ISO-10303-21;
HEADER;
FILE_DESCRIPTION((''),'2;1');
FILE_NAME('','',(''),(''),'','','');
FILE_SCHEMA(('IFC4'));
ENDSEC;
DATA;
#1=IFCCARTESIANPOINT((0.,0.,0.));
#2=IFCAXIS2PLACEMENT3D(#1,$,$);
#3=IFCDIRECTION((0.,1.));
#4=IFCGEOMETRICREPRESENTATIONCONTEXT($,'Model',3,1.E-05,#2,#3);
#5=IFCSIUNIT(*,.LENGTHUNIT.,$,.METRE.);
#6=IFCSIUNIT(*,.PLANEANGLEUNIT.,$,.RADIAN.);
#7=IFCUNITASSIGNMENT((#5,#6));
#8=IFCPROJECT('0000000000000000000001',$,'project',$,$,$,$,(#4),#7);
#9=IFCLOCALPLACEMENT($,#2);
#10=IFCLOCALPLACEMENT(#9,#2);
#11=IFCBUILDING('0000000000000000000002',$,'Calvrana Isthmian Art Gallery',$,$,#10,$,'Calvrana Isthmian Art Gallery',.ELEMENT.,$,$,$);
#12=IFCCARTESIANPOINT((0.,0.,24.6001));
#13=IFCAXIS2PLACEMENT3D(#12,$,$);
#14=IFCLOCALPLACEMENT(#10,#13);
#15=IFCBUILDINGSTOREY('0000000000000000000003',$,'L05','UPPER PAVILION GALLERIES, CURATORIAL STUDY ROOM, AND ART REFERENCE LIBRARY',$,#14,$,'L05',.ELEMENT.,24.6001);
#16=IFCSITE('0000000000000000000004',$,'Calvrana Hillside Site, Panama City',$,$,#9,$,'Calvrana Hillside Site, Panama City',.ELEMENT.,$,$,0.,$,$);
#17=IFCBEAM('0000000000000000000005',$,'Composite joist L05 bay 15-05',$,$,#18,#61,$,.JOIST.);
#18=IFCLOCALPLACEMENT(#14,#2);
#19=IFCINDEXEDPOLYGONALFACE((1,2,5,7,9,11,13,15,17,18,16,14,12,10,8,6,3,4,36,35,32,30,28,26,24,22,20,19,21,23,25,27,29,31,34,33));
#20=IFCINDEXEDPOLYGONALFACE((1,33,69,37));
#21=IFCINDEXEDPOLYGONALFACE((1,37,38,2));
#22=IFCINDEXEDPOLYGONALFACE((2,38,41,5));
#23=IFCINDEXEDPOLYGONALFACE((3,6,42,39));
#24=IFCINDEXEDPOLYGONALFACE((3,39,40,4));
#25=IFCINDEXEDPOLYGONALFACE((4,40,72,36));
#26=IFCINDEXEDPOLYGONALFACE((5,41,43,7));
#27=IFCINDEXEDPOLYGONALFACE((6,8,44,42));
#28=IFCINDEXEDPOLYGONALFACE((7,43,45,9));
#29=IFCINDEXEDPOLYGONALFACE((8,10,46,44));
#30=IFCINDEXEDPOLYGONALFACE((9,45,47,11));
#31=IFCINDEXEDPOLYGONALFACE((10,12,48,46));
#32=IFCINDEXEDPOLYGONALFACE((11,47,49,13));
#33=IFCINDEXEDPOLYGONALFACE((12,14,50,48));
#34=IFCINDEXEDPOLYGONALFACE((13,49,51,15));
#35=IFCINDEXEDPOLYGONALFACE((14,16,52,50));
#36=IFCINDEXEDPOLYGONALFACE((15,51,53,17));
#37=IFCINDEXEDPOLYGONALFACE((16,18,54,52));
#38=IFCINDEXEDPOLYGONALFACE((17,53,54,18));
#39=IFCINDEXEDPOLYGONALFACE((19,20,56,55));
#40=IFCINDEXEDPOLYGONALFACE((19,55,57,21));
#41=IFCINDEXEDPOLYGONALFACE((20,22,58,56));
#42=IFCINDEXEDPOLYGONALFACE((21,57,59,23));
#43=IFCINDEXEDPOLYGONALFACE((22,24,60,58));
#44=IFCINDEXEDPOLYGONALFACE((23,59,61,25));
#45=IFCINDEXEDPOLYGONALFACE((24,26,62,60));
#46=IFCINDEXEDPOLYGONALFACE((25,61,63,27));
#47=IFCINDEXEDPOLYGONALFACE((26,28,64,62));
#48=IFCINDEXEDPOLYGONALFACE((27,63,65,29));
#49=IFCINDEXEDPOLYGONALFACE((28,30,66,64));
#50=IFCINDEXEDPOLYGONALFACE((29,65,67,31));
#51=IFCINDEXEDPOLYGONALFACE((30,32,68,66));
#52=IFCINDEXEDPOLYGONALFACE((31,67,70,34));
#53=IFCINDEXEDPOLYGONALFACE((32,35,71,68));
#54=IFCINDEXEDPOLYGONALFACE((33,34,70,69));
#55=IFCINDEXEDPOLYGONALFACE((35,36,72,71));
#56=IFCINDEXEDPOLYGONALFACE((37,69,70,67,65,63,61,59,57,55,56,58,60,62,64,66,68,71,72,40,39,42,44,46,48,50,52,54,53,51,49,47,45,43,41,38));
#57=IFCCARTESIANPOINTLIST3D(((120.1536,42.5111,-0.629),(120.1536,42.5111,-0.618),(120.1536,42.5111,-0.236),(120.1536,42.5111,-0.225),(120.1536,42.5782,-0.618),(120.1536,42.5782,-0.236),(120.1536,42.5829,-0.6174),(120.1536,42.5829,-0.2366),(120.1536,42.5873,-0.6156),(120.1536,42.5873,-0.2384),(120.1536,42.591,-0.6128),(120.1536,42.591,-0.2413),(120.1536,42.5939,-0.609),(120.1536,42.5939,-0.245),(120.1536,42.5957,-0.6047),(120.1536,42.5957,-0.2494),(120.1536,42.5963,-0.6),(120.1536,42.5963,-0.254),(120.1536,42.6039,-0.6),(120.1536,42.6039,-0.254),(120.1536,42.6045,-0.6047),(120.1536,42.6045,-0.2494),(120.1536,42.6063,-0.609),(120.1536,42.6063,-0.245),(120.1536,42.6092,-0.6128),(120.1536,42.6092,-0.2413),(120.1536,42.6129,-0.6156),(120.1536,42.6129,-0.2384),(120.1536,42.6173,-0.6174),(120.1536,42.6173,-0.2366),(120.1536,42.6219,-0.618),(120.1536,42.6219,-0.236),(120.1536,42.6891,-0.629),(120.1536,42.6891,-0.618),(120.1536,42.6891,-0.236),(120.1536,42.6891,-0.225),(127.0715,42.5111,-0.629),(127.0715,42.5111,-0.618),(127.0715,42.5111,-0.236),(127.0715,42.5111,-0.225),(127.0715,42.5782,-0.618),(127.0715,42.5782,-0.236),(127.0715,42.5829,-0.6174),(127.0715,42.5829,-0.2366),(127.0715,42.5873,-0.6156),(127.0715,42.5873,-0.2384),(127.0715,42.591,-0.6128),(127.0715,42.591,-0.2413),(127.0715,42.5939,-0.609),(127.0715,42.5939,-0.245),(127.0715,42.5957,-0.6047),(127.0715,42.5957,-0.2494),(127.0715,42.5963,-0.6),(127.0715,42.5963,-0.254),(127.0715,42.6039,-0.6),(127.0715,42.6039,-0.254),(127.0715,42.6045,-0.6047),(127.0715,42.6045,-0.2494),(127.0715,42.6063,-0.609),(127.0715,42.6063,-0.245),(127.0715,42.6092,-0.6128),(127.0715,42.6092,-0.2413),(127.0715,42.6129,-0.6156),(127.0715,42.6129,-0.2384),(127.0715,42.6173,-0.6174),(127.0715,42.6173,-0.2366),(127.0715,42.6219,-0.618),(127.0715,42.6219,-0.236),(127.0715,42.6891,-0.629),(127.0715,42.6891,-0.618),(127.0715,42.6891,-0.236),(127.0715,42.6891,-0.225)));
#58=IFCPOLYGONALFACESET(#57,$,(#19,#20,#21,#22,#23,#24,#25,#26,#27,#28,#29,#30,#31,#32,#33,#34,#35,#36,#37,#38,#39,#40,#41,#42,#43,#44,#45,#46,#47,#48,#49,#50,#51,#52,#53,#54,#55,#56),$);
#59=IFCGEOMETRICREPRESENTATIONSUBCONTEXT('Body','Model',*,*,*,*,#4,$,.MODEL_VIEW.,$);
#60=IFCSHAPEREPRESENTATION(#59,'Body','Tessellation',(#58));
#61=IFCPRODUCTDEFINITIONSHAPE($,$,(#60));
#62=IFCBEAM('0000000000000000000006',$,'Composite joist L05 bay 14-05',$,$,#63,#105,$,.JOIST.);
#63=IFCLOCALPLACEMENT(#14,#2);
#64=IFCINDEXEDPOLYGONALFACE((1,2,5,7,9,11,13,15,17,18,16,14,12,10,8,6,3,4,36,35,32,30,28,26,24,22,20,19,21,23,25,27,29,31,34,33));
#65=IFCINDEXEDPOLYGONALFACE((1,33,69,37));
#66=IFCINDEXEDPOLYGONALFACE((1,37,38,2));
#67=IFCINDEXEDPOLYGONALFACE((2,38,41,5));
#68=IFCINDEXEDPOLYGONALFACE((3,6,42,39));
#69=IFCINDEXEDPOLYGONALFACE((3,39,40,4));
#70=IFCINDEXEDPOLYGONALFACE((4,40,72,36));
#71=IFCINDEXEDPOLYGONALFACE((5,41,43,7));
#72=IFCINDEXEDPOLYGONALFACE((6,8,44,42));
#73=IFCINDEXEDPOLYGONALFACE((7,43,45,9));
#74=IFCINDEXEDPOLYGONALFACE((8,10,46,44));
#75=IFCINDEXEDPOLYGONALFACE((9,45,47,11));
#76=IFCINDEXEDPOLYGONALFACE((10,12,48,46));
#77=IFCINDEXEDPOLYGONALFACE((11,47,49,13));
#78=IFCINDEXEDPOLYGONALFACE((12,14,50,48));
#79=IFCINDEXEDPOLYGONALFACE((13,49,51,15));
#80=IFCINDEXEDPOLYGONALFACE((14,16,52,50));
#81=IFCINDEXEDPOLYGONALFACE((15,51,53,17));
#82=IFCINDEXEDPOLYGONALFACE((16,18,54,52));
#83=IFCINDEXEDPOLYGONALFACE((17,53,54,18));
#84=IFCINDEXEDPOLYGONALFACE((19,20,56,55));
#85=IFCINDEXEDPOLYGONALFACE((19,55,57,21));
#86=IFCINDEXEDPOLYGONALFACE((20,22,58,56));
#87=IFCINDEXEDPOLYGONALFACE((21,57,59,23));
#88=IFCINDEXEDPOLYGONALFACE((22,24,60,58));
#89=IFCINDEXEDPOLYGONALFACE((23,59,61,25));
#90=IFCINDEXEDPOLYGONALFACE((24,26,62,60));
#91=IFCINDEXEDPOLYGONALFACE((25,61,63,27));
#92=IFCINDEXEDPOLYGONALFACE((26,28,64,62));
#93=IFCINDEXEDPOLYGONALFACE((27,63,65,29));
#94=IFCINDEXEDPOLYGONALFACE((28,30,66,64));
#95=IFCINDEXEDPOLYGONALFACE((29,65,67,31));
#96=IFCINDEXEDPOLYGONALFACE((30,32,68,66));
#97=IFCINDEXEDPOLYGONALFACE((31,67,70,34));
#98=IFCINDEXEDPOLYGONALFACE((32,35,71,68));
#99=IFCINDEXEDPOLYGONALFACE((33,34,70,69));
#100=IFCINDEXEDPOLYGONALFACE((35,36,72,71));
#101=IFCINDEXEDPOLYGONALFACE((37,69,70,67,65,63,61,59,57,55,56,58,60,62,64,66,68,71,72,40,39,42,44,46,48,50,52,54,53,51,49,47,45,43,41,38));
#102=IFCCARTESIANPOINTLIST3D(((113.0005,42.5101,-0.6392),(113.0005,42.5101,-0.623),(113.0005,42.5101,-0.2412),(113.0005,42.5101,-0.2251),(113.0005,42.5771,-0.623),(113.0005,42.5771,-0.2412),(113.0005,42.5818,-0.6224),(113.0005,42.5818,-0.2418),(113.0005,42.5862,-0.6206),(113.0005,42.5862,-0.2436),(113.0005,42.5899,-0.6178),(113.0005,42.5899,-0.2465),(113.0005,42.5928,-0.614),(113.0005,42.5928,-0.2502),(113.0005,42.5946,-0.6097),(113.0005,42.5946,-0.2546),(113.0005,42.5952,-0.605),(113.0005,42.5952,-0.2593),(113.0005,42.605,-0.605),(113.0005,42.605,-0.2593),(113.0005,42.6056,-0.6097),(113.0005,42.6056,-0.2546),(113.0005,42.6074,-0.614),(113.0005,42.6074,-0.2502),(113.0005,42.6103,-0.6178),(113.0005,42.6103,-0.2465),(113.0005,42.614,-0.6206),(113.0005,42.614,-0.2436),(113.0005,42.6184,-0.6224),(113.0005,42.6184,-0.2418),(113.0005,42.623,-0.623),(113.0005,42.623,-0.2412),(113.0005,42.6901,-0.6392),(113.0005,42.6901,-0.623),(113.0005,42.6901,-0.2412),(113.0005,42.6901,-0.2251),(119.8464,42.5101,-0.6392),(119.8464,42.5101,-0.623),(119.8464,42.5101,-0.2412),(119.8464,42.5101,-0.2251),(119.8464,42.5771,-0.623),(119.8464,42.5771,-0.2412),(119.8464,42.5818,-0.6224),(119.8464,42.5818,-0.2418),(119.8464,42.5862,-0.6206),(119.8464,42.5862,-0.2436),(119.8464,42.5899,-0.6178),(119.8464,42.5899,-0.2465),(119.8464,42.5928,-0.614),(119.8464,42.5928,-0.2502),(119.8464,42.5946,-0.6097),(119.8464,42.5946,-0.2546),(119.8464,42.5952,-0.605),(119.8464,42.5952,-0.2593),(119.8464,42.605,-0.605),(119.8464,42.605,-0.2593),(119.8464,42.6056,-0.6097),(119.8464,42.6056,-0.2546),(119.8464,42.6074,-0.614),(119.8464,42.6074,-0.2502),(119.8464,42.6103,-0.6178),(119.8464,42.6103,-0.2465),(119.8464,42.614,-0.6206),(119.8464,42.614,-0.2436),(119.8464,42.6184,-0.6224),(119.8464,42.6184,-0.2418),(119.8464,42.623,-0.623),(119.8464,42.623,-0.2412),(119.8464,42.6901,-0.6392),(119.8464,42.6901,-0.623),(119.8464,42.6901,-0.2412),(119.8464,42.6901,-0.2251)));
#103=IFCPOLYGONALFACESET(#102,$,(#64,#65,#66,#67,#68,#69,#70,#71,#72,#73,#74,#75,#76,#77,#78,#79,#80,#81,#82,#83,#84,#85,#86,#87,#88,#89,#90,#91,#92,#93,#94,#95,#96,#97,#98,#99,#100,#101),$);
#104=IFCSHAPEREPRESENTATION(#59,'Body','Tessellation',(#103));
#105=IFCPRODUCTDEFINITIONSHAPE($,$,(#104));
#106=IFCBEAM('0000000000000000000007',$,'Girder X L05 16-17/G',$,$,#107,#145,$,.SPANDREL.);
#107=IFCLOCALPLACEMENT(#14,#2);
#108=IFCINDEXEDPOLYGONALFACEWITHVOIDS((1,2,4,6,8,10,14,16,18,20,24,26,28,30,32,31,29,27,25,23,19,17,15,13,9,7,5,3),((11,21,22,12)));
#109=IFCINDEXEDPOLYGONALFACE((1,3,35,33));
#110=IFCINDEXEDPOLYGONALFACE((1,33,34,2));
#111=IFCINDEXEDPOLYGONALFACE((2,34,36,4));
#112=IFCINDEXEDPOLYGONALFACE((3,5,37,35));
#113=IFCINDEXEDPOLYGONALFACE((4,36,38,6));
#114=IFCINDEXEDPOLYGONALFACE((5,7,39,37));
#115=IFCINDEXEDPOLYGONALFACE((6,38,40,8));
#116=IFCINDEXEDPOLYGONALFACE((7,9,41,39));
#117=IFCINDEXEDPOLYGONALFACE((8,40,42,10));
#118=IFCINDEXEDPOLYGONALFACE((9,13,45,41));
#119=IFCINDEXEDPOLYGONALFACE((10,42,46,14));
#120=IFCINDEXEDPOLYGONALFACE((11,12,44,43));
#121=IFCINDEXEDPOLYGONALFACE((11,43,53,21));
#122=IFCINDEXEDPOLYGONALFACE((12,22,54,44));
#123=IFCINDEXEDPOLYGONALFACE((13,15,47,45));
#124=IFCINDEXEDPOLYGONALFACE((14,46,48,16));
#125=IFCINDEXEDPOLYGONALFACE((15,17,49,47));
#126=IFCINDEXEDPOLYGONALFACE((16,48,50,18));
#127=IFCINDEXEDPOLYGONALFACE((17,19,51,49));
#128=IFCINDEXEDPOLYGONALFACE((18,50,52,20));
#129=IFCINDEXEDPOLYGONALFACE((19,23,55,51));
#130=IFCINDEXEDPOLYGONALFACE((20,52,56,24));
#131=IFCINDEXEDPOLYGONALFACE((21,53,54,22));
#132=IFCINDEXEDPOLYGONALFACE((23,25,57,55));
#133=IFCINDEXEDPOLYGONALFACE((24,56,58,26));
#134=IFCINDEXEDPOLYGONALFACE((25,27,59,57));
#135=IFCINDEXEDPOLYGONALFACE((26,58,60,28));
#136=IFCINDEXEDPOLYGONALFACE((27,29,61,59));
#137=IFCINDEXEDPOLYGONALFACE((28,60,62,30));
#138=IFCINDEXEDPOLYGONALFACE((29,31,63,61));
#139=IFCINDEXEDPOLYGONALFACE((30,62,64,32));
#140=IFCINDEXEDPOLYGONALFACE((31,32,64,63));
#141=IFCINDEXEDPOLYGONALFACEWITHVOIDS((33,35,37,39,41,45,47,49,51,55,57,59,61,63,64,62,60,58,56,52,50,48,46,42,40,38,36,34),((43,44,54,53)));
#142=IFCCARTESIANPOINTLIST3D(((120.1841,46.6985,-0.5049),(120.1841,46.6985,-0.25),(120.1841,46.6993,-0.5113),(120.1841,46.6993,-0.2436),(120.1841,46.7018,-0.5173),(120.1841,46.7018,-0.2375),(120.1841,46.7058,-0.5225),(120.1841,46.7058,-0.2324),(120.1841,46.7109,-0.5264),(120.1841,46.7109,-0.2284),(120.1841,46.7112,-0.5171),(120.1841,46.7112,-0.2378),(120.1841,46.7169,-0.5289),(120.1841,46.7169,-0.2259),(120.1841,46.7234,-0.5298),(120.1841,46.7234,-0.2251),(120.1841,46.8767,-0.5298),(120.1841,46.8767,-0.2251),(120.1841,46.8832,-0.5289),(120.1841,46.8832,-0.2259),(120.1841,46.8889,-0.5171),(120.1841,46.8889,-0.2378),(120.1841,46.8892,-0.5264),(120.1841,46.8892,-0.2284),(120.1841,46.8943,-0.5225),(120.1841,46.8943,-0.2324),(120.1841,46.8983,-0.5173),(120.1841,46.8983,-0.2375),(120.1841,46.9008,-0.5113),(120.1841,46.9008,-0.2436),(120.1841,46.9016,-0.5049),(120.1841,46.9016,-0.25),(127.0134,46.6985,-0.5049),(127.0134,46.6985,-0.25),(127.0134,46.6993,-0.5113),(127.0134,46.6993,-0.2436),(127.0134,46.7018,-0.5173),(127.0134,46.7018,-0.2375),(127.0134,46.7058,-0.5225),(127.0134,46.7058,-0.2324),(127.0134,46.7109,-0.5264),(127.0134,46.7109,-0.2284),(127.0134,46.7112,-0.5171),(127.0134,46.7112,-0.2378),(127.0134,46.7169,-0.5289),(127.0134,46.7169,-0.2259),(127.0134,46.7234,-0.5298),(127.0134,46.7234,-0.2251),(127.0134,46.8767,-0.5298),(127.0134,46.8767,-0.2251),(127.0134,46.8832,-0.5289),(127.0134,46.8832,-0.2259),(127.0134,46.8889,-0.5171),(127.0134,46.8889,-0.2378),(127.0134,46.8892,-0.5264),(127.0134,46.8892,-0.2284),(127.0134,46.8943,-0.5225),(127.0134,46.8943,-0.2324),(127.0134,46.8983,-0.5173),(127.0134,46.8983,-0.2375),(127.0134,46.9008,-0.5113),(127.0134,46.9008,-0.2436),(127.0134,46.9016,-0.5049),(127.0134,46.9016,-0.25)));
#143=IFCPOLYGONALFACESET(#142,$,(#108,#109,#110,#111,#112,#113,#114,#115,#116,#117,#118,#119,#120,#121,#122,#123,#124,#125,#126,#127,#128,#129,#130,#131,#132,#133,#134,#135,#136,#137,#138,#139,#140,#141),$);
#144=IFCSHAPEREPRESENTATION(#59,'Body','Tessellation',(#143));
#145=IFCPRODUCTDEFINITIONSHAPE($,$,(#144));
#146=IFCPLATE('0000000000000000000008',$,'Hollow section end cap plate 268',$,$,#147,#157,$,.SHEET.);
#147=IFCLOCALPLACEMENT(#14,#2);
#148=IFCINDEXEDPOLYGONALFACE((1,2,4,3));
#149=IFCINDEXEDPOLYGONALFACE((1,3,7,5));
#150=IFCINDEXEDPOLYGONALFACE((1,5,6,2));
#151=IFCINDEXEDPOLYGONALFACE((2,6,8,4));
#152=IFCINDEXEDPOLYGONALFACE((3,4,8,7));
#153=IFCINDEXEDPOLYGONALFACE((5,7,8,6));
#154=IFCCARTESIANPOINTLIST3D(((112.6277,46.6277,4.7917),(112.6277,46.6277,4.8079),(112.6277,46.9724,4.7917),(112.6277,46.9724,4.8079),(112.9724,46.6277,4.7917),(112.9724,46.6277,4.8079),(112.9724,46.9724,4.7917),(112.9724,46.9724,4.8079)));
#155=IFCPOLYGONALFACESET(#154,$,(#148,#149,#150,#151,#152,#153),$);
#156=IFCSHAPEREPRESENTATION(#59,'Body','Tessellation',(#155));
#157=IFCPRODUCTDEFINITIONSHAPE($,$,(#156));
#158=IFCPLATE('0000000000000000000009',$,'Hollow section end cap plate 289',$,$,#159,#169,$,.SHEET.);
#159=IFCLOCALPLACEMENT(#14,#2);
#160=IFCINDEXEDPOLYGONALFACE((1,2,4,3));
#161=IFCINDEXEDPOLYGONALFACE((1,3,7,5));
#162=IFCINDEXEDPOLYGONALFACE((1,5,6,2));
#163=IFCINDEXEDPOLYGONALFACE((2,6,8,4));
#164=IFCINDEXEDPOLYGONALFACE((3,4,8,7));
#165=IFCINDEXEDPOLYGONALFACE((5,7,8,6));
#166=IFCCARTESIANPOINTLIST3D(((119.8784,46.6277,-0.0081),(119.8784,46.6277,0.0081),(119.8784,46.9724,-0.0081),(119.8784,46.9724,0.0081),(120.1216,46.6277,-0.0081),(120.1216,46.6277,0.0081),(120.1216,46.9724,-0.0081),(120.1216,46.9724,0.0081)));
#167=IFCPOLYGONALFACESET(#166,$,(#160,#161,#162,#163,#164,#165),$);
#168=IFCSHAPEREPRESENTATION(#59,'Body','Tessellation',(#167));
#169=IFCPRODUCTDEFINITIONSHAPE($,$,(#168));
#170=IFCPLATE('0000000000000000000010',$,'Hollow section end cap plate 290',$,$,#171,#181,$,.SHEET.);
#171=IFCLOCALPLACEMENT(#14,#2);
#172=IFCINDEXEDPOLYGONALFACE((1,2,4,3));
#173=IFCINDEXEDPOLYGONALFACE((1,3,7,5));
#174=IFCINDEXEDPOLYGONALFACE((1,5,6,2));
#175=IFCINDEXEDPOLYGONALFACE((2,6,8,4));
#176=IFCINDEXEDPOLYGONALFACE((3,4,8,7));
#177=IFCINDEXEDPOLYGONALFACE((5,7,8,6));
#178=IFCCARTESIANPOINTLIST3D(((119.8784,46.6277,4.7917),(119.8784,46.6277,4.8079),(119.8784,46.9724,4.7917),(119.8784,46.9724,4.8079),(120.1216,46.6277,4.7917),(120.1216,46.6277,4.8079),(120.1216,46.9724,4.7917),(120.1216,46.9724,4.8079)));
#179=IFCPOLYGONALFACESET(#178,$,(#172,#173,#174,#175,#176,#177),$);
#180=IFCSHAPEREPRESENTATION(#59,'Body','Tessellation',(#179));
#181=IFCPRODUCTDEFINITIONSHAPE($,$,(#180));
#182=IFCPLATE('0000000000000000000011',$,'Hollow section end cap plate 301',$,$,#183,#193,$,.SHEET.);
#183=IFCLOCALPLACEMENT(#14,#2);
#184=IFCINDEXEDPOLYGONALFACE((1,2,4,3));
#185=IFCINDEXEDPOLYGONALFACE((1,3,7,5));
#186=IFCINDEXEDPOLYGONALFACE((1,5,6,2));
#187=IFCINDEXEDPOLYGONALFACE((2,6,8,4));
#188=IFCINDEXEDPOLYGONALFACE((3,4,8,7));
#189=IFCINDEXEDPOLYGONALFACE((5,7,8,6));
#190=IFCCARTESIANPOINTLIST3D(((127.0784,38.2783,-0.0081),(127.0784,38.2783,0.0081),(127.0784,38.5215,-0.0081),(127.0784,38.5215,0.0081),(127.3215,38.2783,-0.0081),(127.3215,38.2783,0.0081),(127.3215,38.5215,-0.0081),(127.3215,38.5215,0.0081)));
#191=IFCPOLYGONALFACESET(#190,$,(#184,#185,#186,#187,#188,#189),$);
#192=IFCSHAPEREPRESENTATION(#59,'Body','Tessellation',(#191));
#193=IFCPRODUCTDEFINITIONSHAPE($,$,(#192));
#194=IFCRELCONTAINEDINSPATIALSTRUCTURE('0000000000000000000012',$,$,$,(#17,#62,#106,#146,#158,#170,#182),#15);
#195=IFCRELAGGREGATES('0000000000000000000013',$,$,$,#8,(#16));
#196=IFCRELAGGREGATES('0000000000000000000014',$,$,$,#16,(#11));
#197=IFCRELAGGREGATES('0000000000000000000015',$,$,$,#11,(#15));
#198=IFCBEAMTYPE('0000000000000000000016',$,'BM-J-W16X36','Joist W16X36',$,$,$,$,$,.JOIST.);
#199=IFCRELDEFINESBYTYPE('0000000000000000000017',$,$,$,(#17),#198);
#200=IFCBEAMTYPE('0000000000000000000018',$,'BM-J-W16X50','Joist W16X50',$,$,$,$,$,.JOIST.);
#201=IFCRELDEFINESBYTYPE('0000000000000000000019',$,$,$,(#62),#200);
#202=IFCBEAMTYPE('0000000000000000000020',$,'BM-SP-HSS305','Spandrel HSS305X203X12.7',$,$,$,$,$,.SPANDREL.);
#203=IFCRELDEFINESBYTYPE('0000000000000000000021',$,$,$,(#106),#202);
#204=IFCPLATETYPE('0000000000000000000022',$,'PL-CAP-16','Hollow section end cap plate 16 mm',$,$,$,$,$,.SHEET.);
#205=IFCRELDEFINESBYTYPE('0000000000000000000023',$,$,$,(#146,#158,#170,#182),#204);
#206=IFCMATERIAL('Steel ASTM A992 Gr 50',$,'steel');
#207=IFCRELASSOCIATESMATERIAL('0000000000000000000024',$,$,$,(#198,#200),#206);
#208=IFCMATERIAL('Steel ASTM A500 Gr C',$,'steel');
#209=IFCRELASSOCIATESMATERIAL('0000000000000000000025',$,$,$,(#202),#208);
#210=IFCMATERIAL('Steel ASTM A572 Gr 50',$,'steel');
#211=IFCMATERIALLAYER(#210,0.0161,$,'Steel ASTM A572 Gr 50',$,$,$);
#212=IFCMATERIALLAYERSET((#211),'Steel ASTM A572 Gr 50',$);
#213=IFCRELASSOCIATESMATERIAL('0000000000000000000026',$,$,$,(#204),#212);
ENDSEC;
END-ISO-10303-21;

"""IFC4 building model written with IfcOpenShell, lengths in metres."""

from ifc_helpers import new_model, si_unit, direction, frame, origin, origin_2d, place, context, subcontext, project, spatial, rectangle, hollow_rectangle, i_section, extrude, material, layer, layer_set, material_profile, profile_set, type_object, element, save


model = new_model("IFC4")

# Units and contexts
model_context = context("Model", 3, precision=1e-05, world=origin(), true_north=direction((0.0, 1.0)))
body_context = subcontext(model_context, "Body", "Model", "MODEL_VIEW")
ifc_project = project(units=[si_unit("LENGTHUNIT", "METRE"), si_unit("PLANEANGLEUNIT", "RADIAN")], contexts=[model_context])

# Site, building, storey
site_placement = place(None, origin())
site = spatial("IfcSite", under=ifc_project, at=site_placement, Name="Calvrana Hillside Site, Panama City", LongName="Calvrana Hillside Site, Panama City", CompositionType="ELEMENT", RefElevation=0.0)
building_placement = place(site_placement, origin())
building = spatial("IfcBuilding", under=site, at=building_placement, Name="Calvrana Isthmian Art Gallery", LongName="Calvrana Isthmian Art Gallery", CompositionType="ELEMENT")
storey_placement = place(building_placement, frame((0.0, 0.0, 24.6001)))
storey = spatial("IfcBuildingStorey", under=building, at=storey_placement, Name="L05", Description="UPPER PAVILION GALLERIES, CURATORIAL STUDY ROOM, AND ART REFERENCE LIBRARY", LongName="L05", CompositionType="ELEMENT", Elevation=24.6001)

# Shared definitions
ifc_material_1 = material(Name="Steel ASTM A500 Gr C", Category="steel")

# Beams
ifc_material_2 = material(Name="Steel ASTM A992 Gr 50", Category="steel")
ifc_material_profile_1 = material_profile(ifc_material_2, i_section(OverallWidth=0.178, OverallDepth=0.4041, WebThickness=0.0076, FlangeThickness=0.011, FilletRadius=0.0181, at=origin_2d()), Name="W16X36")
ifc_profile_set_1 = profile_set([ifc_material_profile_1], Name="Steel ASTM A992 Gr 50")
beam_type_1 = type_object("IfcBeamType", Name="BM-J-W16X36", Description="Joist W16X36", PredefinedType="JOIST", material=ifc_profile_set_1)
beam_1_placement = place(storey_placement, frame((120.1536, 42.6001, -0.427), z_axis=(1.0, 0.0, 0.0), x_axis=(0.0, 1.0, 0.0)))
element("IfcBeam", 1, at=beam_1_placement, inside=storey, type_object=beam_type_1, Name="Composite joist L05 bay 15-05", PredefinedType="JOIST", context=body_context, shape_type="SweptSolid", body=[
    extrude(i_section(OverallWidth=0.178, OverallDepth=0.4041, WebThickness=0.0076, FlangeThickness=0.011, FilletRadius=0.0181, at=origin_2d()), origin(), (0.0, 0.0, 1.0), 6.918),
])
ifc_material_profile_2 = material_profile(ifc_material_2, i_section(OverallWidth=0.1799, OverallDepth=0.4141, WebThickness=0.0098, FlangeThickness=0.0161, FilletRadius=0.0181, at=origin_2d()), Name="W16X50")
ifc_profile_set_2 = profile_set([ifc_material_profile_2], Name="Steel ASTM A992 Gr 50")
beam_type_2 = type_object("IfcBeamType", Name="BM-J-W16X50", Description="Joist W16X50", PredefinedType="JOIST", material=ifc_profile_set_2)
beam_2_placement = place(storey_placement, frame((113.0005, 42.6001, -0.4321), z_axis=(1.0, 0.0, 0.0), x_axis=(0.0, 1.0, 0.0)))
element("IfcBeam", 2, at=beam_2_placement, inside=storey, type_object=beam_type_2, Name="Composite joist L05 bay 14-05", PredefinedType="JOIST", context=body_context, shape_type="SweptSolid", body=[
    extrude(i_section(OverallWidth=0.1799, OverallDepth=0.4141, WebThickness=0.0098, FlangeThickness=0.0161, FilletRadius=0.0181, at=origin_2d()), origin(), (0.0, 0.0, 1.0), 6.8459),
])
ifc_material_profile_3 = material_profile(ifc_material_1, hollow_rectangle(XDim=0.2031, YDim=0.3047, WallThickness=0.0127, OuterFilletRadius=0.0249, at=origin_2d()), Name="HSS305X203X12.7")
ifc_profile_set_3 = profile_set([ifc_material_profile_3], Name="Steel ASTM A500 Gr C")
beam_type_3 = type_object("IfcBeamType", Name="BM-SP-HSS305", Description="Spandrel HSS305X203X12.7", PredefinedType="SPANDREL", material=ifc_profile_set_3)
beam_3_placement = place(storey_placement, frame((120.1841, 46.8, -0.3774), z_axis=(1.0, 0.0, 0.0), x_axis=(0.0, 1.0, 0.0)))
element("IfcBeam", 3, at=beam_3_placement, inside=storey, type_object=beam_type_3, Name="Girder X L05 16-17/G", PredefinedType="SPANDREL", context=body_context, shape_type="SweptSolid", body=[
    extrude(hollow_rectangle(XDim=0.2031, YDim=0.3047, WallThickness=0.0127, OuterFilletRadius=0.0249, at=origin_2d()), origin(), (0.0, 0.0, 1.0), 6.8293),
])

# Plates
ifc_material_3 = material(Name="Steel ASTM A572 Gr 50", Category="steel")
ifc_layer_1 = layer(ifc_material_3, 0.0161, Name="Steel ASTM A572 Gr 50")
ifc_layer_set_1 = layer_set([ifc_layer_1], Name="Steel ASTM A572 Gr 50")
plate_type = type_object("IfcPlateType", Name="PL-CAP-16", Description="Hollow section end cap plate 16 mm", PredefinedType="SHEET", material=ifc_layer_set_1)
plate_placement = place(storey_placement, frame((112.8, 46.8, 4.7917), z_axis=(0.0, 0.0, 1.0), x_axis=(1.0, 0.0, 0.0)))
element("IfcPlate", 4, at=plate_placement, inside=storey, type_object=plate_type, Name="Hollow section end cap plate 268", PredefinedType="SHEET", context=body_context, shape_type="SweptSolid", body=[
    extrude(rectangle(XDim=0.3447, YDim=0.3447, at=origin_2d()), origin(), (0.0, 0.0, 1.0), 0.0161),
])
for number, where, z_axis, x_axis, name in (
    (5, (120.0, 46.8, -0.0081), (0.0, 0.0, 1.0), (1.0, 0.0, 0.0), "Hollow section end cap plate 289"),
    (6, (120.0, 46.8, 4.7917), (0.0, 0.0, 1.0), (1.0, 0.0, 0.0), "Hollow section end cap plate 290"),
):
    element("IfcPlate", number, at=place(storey_placement, frame(where, z_axis=z_axis, x_axis=x_axis)), inside=storey, type_object=plate_type, Name=name, PredefinedType="SHEET", context=body_context, shape_type="SweptSolid", body=[
        extrude(rectangle(XDim=0.2432, YDim=0.3447, at=origin_2d()), origin(), (0.0, 0.0, 1.0), 0.0161),
    ])
for number, where, z_axis, x_axis, name in (
    (7, (127.2, 38.3999, -0.0081), (0.0, 0.0, 1.0), (1.0, 0.0, 0.0), "Hollow section end cap plate 301"),
):
    element("IfcPlate", number, at=place(storey_placement, frame(where, z_axis=z_axis, x_axis=x_axis)), inside=storey, type_object=plate_type, Name=name, PredefinedType="SHEET", context=body_context, shape_type="SweptSolid", body=[
        extrude(rectangle(XDim=0.2432, YDim=0.2432, at=origin_2d()), origin(), (0.0, 0.0, 1.0), 0.0161),
    ])

save(model, "model.ifc")
